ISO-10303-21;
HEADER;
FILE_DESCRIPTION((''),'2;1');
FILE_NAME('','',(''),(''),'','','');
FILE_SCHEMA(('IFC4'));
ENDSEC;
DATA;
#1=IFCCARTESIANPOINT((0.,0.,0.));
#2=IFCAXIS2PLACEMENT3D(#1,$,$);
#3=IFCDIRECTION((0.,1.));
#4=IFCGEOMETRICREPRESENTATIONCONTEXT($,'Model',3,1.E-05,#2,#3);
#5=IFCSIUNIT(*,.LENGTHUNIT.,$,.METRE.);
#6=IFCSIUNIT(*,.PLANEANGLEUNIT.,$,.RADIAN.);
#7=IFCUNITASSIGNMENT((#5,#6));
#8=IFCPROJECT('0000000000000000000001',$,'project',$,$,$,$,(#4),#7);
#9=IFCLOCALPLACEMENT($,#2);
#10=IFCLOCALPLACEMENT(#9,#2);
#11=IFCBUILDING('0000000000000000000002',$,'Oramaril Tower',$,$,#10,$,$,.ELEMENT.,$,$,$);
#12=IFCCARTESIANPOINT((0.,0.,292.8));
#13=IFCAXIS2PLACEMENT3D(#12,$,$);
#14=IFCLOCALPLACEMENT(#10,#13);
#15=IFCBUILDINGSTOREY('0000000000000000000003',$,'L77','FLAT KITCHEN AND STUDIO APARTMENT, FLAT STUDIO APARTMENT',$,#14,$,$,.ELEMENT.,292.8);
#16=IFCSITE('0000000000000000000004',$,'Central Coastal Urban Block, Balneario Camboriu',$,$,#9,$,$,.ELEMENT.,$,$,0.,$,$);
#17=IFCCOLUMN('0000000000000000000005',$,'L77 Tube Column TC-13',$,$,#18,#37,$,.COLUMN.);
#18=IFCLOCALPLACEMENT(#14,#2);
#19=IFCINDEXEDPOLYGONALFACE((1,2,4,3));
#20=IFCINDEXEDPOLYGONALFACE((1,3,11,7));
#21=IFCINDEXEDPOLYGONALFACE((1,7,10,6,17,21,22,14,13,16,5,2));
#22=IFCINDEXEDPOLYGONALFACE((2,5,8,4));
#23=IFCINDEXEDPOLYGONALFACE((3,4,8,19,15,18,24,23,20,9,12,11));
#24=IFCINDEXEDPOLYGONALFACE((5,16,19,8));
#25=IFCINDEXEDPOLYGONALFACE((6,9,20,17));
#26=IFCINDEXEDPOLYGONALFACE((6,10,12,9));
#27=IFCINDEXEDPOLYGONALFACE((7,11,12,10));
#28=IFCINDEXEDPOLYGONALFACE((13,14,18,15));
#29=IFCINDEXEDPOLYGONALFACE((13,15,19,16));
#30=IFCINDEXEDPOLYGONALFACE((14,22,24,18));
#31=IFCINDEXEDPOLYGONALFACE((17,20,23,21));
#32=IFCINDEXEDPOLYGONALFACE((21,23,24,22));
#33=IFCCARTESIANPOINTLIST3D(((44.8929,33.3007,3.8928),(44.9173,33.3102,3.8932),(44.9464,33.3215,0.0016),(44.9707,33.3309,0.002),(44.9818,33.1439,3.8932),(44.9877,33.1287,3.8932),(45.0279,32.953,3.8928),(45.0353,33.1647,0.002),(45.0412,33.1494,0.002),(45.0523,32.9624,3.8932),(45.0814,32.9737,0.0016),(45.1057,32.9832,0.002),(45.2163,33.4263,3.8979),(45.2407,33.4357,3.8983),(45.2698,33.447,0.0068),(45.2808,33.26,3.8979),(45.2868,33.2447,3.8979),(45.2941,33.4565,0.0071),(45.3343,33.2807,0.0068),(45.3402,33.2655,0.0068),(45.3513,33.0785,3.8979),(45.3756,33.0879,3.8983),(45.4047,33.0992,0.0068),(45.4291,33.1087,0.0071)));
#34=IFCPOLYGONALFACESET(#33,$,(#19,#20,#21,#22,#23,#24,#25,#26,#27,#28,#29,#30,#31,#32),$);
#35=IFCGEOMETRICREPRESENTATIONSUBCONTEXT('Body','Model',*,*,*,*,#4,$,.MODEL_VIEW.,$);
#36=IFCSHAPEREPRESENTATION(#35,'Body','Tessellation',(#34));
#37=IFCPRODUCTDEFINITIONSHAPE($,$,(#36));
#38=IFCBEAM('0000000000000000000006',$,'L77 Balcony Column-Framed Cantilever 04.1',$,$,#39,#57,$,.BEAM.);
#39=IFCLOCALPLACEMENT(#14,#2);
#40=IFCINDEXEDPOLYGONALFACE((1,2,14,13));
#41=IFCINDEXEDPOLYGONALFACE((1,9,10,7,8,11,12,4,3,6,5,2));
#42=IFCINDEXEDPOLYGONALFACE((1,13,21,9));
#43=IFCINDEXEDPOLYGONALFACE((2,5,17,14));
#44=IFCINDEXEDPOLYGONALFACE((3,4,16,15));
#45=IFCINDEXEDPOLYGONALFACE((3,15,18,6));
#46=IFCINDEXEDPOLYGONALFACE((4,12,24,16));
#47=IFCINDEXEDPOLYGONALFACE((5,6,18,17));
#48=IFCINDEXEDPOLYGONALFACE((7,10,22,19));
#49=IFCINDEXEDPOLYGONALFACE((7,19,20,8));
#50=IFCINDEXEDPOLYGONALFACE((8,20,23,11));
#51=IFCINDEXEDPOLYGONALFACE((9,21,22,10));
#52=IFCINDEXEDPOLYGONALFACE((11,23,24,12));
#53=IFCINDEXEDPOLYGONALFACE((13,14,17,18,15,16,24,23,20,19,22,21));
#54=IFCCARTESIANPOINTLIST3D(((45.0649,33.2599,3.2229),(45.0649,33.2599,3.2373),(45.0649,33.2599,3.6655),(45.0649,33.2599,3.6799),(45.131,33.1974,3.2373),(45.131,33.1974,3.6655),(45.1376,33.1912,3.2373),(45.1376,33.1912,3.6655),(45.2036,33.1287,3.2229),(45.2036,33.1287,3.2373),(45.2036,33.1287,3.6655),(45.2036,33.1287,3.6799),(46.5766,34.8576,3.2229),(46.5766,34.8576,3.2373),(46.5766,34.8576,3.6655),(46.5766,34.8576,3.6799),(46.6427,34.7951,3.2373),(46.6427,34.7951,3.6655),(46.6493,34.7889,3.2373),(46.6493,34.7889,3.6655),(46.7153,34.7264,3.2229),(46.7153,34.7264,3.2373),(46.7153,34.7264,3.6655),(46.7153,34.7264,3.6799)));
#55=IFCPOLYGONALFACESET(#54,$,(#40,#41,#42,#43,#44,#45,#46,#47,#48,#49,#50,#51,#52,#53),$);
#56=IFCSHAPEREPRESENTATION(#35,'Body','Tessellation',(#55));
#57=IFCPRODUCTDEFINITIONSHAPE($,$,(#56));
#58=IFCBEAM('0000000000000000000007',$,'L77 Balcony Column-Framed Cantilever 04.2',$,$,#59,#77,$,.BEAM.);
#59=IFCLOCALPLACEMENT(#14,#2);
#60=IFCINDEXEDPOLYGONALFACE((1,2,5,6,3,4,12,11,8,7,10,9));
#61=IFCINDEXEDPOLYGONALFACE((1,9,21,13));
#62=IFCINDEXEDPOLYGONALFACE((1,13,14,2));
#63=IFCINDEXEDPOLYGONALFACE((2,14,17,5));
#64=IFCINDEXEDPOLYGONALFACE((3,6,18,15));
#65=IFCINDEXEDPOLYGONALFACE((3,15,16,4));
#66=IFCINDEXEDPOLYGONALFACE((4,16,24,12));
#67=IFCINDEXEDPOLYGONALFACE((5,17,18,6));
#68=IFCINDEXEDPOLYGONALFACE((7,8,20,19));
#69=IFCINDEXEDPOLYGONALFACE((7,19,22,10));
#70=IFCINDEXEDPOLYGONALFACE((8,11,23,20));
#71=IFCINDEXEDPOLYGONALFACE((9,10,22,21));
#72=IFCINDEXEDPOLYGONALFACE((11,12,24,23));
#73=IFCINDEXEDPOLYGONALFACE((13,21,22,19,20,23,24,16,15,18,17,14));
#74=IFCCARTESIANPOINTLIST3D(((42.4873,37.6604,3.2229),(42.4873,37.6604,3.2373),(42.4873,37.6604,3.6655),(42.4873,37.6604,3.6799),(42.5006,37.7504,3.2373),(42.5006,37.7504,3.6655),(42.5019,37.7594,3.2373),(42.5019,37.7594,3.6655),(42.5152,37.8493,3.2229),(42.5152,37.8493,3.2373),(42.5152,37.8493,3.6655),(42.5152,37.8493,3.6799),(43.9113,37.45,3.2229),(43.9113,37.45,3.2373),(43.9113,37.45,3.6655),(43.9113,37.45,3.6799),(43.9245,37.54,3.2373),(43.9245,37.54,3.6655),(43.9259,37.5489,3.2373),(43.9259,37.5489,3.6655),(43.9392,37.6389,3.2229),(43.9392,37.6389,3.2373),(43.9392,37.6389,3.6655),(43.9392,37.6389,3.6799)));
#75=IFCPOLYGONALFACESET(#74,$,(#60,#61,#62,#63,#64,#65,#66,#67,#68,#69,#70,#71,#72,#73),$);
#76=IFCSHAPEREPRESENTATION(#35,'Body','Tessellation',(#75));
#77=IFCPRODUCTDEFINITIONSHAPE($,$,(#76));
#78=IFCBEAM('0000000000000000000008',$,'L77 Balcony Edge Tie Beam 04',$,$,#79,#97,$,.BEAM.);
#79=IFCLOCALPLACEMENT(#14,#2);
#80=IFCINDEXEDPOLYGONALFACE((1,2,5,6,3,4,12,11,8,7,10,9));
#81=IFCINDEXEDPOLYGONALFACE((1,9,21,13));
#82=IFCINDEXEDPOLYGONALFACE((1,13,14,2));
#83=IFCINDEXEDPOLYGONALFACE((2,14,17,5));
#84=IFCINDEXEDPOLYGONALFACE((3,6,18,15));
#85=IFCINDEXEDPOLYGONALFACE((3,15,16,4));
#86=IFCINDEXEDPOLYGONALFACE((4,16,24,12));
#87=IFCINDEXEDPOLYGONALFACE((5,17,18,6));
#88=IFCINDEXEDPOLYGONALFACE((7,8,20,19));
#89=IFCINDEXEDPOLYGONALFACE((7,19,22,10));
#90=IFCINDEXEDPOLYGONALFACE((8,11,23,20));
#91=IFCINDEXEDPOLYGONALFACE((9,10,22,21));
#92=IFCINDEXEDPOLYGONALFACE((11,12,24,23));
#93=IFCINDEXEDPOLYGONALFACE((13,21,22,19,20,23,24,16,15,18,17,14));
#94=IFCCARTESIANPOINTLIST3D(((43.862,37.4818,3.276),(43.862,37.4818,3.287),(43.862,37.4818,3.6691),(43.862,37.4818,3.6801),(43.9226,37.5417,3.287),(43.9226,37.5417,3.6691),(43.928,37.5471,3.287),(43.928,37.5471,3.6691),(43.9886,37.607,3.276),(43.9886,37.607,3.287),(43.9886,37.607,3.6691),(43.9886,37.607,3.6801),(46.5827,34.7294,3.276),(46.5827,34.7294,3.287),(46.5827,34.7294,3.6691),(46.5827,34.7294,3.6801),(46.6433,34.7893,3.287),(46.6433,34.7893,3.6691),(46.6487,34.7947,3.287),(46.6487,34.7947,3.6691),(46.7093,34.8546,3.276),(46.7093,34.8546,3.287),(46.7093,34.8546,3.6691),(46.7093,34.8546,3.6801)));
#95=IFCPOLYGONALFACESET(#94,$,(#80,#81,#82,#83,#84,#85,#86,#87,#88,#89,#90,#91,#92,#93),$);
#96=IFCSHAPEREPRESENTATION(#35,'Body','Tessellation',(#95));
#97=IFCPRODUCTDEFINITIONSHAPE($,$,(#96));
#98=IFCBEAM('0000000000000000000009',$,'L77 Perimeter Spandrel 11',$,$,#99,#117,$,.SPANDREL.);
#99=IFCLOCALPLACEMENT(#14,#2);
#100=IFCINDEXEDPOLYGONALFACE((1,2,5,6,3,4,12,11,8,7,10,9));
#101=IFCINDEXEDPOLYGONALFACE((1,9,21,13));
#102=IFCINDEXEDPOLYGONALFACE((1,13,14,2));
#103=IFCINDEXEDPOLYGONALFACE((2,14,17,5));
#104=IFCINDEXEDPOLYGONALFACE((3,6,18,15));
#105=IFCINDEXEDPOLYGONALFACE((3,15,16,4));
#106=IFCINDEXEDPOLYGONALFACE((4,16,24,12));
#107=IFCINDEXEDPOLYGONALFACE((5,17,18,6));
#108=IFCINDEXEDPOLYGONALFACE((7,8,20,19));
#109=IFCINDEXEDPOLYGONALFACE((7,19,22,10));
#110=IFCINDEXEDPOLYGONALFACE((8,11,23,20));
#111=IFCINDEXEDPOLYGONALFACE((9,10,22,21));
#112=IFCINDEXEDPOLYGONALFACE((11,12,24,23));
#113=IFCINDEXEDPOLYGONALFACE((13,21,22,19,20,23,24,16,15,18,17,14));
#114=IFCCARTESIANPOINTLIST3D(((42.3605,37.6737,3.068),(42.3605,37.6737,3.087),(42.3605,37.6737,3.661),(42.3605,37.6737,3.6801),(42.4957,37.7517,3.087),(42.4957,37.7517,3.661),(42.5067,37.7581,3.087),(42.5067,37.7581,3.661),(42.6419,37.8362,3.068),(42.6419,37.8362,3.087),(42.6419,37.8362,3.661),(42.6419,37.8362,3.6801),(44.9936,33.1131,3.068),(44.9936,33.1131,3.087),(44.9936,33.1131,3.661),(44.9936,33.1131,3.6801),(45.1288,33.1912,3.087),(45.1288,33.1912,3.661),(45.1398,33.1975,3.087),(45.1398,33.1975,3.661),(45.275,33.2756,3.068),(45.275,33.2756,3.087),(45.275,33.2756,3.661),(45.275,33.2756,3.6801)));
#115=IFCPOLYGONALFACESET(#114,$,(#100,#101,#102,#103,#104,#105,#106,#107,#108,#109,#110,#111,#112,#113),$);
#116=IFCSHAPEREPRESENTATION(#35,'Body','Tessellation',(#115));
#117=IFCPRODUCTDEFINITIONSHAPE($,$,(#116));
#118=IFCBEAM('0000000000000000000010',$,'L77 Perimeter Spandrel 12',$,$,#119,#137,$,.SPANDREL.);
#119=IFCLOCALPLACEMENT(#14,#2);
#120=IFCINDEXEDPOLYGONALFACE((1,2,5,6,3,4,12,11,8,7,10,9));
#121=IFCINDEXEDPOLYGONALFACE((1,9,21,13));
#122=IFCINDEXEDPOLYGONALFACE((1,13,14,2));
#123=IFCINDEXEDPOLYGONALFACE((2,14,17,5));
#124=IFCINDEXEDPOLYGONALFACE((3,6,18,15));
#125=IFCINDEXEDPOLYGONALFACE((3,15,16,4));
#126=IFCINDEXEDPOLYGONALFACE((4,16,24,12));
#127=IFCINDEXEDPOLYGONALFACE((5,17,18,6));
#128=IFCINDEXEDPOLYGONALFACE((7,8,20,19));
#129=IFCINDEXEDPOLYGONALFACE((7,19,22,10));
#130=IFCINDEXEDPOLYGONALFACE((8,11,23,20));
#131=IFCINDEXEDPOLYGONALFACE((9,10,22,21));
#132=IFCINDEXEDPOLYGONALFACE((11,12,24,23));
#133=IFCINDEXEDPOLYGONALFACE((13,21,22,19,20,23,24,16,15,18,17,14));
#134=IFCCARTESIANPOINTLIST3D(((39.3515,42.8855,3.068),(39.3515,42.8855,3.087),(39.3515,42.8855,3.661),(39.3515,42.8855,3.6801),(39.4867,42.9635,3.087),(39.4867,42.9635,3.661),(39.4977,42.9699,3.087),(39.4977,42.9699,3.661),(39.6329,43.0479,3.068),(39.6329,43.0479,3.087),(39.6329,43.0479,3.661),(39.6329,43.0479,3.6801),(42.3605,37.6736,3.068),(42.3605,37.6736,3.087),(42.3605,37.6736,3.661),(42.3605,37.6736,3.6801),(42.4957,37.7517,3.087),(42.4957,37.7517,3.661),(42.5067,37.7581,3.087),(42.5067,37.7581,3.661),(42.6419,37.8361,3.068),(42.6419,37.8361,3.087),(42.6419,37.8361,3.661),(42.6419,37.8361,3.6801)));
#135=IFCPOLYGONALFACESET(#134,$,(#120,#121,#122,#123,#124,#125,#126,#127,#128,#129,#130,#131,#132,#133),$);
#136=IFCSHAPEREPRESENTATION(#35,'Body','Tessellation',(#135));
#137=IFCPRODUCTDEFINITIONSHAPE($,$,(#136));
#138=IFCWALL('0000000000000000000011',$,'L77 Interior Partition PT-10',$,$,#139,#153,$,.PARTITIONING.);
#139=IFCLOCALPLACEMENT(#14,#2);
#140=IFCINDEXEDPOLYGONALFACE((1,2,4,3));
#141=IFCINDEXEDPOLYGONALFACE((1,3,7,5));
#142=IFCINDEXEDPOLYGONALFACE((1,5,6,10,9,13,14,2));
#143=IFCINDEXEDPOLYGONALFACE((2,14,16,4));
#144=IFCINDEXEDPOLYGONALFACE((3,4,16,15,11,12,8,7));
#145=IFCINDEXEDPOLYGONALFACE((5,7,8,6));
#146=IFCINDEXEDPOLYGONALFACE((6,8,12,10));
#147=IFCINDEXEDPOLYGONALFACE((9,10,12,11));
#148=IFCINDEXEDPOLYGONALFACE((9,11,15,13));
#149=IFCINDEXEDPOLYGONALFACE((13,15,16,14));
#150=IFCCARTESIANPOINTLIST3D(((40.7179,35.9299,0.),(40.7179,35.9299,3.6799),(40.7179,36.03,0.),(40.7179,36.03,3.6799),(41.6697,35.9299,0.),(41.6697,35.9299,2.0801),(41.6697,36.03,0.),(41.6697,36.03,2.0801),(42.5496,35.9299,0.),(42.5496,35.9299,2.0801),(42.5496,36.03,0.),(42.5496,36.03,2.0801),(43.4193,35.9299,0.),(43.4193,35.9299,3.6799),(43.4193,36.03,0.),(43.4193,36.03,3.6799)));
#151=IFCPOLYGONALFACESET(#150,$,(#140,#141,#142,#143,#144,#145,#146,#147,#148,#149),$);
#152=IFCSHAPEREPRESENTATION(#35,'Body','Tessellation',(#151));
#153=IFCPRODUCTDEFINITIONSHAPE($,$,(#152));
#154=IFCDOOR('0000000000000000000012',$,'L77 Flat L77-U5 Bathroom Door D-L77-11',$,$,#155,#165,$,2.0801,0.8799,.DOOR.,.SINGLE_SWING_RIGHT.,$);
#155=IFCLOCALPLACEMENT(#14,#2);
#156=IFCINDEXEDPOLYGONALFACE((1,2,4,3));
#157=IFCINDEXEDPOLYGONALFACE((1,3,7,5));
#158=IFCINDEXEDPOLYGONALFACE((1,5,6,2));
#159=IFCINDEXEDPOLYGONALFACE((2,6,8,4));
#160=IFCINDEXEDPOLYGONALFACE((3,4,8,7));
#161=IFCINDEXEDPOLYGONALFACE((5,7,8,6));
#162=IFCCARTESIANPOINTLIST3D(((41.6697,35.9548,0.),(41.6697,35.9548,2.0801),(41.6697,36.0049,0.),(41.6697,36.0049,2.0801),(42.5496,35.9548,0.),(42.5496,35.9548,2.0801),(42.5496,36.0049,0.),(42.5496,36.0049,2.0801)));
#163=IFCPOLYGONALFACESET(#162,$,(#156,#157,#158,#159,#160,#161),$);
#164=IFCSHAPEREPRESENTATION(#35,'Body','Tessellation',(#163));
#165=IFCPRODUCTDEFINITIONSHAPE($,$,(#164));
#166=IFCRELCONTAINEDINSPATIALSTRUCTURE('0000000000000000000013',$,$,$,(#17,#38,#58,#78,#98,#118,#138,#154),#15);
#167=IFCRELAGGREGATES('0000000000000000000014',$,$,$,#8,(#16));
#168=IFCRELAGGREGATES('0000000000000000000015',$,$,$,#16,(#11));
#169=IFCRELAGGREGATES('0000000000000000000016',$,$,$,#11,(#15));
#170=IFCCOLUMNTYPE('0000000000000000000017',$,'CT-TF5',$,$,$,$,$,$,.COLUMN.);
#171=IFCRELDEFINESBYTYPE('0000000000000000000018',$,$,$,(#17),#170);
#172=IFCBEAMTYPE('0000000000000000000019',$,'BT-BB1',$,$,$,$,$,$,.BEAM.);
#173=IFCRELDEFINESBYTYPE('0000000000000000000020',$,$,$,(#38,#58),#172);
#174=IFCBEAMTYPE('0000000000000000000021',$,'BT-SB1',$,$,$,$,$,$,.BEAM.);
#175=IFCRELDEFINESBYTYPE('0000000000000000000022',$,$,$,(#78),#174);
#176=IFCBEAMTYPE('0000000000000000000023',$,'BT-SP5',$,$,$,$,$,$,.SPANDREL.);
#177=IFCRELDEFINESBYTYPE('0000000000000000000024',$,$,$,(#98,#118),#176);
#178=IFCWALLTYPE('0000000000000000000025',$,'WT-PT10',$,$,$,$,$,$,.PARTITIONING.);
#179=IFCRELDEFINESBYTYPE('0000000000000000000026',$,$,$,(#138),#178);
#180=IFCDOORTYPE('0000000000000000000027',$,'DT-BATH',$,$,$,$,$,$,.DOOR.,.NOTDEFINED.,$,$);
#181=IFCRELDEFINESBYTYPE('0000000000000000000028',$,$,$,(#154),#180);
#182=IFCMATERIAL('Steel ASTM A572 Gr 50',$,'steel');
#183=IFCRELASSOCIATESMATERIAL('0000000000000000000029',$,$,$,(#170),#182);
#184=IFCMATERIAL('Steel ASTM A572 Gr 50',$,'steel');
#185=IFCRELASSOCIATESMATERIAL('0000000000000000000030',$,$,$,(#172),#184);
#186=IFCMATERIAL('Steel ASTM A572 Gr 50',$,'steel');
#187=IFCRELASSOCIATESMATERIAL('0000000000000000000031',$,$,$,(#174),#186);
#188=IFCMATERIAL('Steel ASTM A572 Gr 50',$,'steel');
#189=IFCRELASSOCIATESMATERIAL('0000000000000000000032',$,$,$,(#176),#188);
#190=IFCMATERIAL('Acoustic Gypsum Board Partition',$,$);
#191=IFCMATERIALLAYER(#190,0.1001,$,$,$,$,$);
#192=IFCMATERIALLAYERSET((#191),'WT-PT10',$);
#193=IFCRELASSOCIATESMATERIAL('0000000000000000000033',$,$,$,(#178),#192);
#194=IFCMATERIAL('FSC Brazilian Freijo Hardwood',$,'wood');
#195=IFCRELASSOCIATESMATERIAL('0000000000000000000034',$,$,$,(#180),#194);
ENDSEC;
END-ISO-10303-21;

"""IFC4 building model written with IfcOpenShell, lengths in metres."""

from ifc_helpers import new_model, si_unit, direction, frame, frame_2d, origin, origin_2d, place, context, subcontext, project, spatial, rectangle, i_section, extrude, material, layer, layer_set, material_profile, profile_set, type_object, element, fill, save


model = new_model("IFC4")

# Units and contexts
model_context = context("Model", 3, precision=1e-05, world=origin(), true_north=direction((0.0, 1.0)))
body_context = subcontext(model_context, "Body", "Model", "MODEL_VIEW")
ifc_project = project(units=[si_unit("LENGTHUNIT", "METRE"), si_unit("PLANEANGLEUNIT", "RADIAN")], contexts=[model_context])

# Site, building, storey
site_placement = place(None, origin())
site = spatial("IfcSite", under=ifc_project, at=site_placement, Name="Central Coastal Urban Block, Balneario Camboriu", CompositionType="ELEMENT", RefElevation=0.0)
building_placement = place(site_placement, origin())
building = spatial("IfcBuilding", under=site, at=building_placement, Name="Oramaril Tower", CompositionType="ELEMENT")
storey_placement = place(building_placement, frame((0.0, 0.0, 292.8)))
storey = spatial("IfcBuildingStorey", under=building, at=storey_placement, Name="L77", Description="FLAT KITCHEN AND STUDIO APARTMENT, FLAT STUDIO APARTMENT", CompositionType="ELEMENT", Elevation=292.8)

# Column
ifc_material_1 = material(Name="Steel ASTM A572 Gr 50", Category="steel")
ifc_material_profile_1 = material_profile(ifc_material_1, i_section(OverallWidth=0.373, OverallDepth=0.373, WebThickness=0.0164, FlangeThickness=0.0261, at=origin_2d()), Name="W14X132")
ifc_profile_set_1 = profile_set([ifc_material_profile_1], Name="Steel ASTM A572 Gr 50")
column_type = type_object("IfcColumnType", Name="CT-TF5", PredefinedType="COLUMN", material=ifc_profile_set_1)
column_placement = place(storey_placement, frame((45.1877, 33.2151, 0.0044), z_axis=(-0.013739, -0.005333, 0.999891), x_axis=(0.36183, -0.932244, 0.0)))
element("IfcColumn", 1, at=column_placement, inside=storey, type_object=column_type, Name="L77 Tube Column TC-13", PredefinedType="COLUMN", context=body_context, shape_type="SweptSolid", body=[
    extrude(i_section(OverallWidth=0.373, OverallDepth=0.373, WebThickness=0.0164, FlangeThickness=0.0261, at=origin_2d()), origin(), (0.0, 0.0, 1.0), 3.8916),
])

# Beams
ifc_material_2 = material(Name="Steel ASTM A572 Gr 50", Category="steel")
ifc_material_profile_2 = material_profile(ifc_material_2, i_section(OverallWidth=0.1909, OverallDepth=0.457, WebThickness=0.009, FlangeThickness=0.0144, at=origin_2d()), Name="W18X50")
ifc_profile_set_2 = profile_set([ifc_material_profile_2], Name="Steel ASTM A572 Gr 50")
beam_type_1 = type_object("IfcBeamType", Name="BT-BB1", PredefinedType="BEAM", material=ifc_profile_set_2)
beam_1_placement = place(storey_placement, frame((45.1343, 33.1943, 3.4514), z_axis=(0.687301, 0.726373, 0.0), x_axis=(-0.726373, 0.687301, 0.0)))
element("IfcBeam", 2, at=beam_1_placement, inside=storey, type_object=beam_type_1, Name="L77 Balcony Column-Framed Cantilever 04.1", PredefinedType="BEAM", context=body_context, shape_type="SweptSolid", body=[
    extrude(i_section(OverallWidth=0.1909, OverallDepth=0.457, WebThickness=0.009, FlangeThickness=0.0144, at=origin_2d()), origin(), (0.0, 0.0, 1.0), 2.1995),
])
beam_2_placement = place(storey_placement, frame((42.5012, 37.7549, 3.4514), z_axis=(0.989256, -0.146192, 0.0), x_axis=(0.146192, 0.989256, 0.0)))
element("IfcBeam", 3, at=beam_2_placement, inside=storey, type_object=beam_type_1, Name="L77 Balcony Column-Framed Cantilever 04.2", PredefinedType="BEAM", context=body_context, shape_type="SweptSolid", body=[
    extrude(i_section(OverallWidth=0.1909, OverallDepth=0.457, WebThickness=0.009, FlangeThickness=0.0144, at=origin_2d()), origin(), (0.0, 0.0, 1.0), 1.4395),
])
ifc_material_3 = material(Name="Steel ASTM A572 Gr 50", Category="steel")
ifc_material_profile_3 = material_profile(ifc_material_3, i_section(OverallWidth=0.178, OverallDepth=0.4041, WebThickness=0.0076, FlangeThickness=0.011, at=origin_2d()), Name="W16X36")
ifc_profile_set_3 = profile_set([ifc_material_profile_3], Name="Steel ASTM A572 Gr 50")
beam_type_2 = type_object("IfcBeamType", Name="BT-SB1", PredefinedType="BEAM", material=ifc_profile_set_3)
beam_3_placement = place(storey_placement, frame((46.646, 34.792, 3.478), z_axis=(-0.702995, 0.711195, 0.0), x_axis=(-0.711195, -0.702995, 0.0)))
element("IfcBeam", 4, at=beam_3_placement, inside=storey, type_object=beam_type_2, Name="L77 Balcony Edge Tie Beam 04", PredefinedType="BEAM", context=body_context, shape_type="SweptSolid", body=[
    extrude(i_section(OverallWidth=0.178, OverallDepth=0.4041, WebThickness=0.0076, FlangeThickness=0.011, at=origin_2d()), origin(), (0.0, 0.0, 1.0), 3.8701),
])
ifc_material_4 = material(Name="Steel ASTM A572 Gr 50", Category="steel")
ifc_material_profile_4 = material_profile(ifc_material_4, i_section(OverallWidth=0.325, OverallDepth=0.6121, WebThickness=0.0127, FlangeThickness=0.019, at=origin_2d()), Name="W24X104")
ifc_profile_set_4 = profile_set([ifc_material_profile_4], Name="Steel ASTM A572 Gr 50")
beam_type_3 = type_object("IfcBeamType", Name="BT-SP5", PredefinedType="SPANDREL", material=ifc_profile_set_4)
beam_4_placement = place(storey_placement, frame((45.1343, 33.1943, 3.374), z_axis=(-0.500003, 0.866023, 0.0), x_axis=(-0.866023, -0.500003, 0.0)))
element("IfcBeam", 5, at=beam_4_placement, inside=storey, type_object=beam_type_3, Name="L77 Perimeter Spandrel 11", PredefinedType="SPANDREL", context=body_context, shape_type="SweptSolid", body=[
    extrude(i_section(OverallWidth=0.325, OverallDepth=0.6121, WebThickness=0.0127, FlangeThickness=0.019, at=origin_2d()), origin(), (0.0, 0.0, 1.0), 5.2661),
])
beam_5_placement = place(storey_placement, frame((42.5012, 37.7549, 3.374), z_axis=(-0.499992, 0.86603, 0.0), x_axis=(-0.86603, -0.499992, 0.0)))
element("IfcBeam", 6, at=beam_5_placement, inside=storey, type_object=beam_type_3, Name="L77 Perimeter Spandrel 12", PredefinedType="SPANDREL", context=body_context, shape_type="SweptSolid", body=[
    extrude(i_section(OverallWidth=0.325, OverallDepth=0.6121, WebThickness=0.0127, FlangeThickness=0.019, at=origin_2d()), origin(), (0.0, 0.0, 1.0), 6.0181),
])

# Wall, opening, door
ifc_material_5 = material(Name="Acoustic Gypsum Board Partition")
ifc_layer_1 = layer(ifc_material_5, 0.1001)
ifc_layer_set_1 = layer_set([ifc_layer_1], Name="WT-PT10")
wall_type_1 = type_object("IfcWallType", Name="WT-PT10", PredefinedType="PARTITIONING", material=ifc_layer_set_1)
wall_1_placement = place(storey_placement, frame((40.718, 35.98, 0.0), z_axis=(0.0, 0.0, 1.0), x_axis=(1.0, 0.0, 0.0)))
wall_1 = element("IfcWall", 7, at=wall_1_placement, inside=storey, type_object=wall_type_1, Name="L77 Interior Partition PT-10", PredefinedType="PARTITIONING", context=body_context, shape_type="SweptSolid", body=[
    extrude(rectangle(XDim=2.7014, YDim=0.1001, at=frame_2d((1.3506, 0.0))), origin(), (0.0, 0.0, 1.0), 3.6799),
])
opening_placement = place(wall_1_placement, frame((0.9517, 0.0, 0.0)))
opening = element("IfcOpeningElement", 8, at=opening_placement, cuts=wall_1, PredefinedType="OPENING", context=body_context, shape_type="SweptSolid", body=[
    extrude(rectangle(XDim=0.8799, YDim=2.0801, at=frame_2d((0.4399, 1.04))), frame((0.0, 0.05, 0.0), z_axis=(0.0, -1.0, 0.0), x_axis=(1.0, 0.0, 0.0)), (0.0, 0.0, 1.0), 0.1001),
])
ifc_material_6 = material(Name="FSC Brazilian Freijo Hardwood", Category="wood")
door_type = type_object("IfcDoorType", Name="DT-BATH", OperationType="NOTDEFINED", PredefinedType="DOOR", material=ifc_material_6)
door_placement = place(opening_placement, origin())
door = element("IfcDoor", 9, at=door_placement, inside=storey, type_object=door_type, Name="L77 Flat L77-U5 Bathroom Door D-L77-11", OperationType="SINGLE_SWING_RIGHT", OverallHeight=2.0801, OverallWidth=0.8799, PredefinedType="DOOR", context=body_context, shape_type="SweptSolid", body=[
    extrude(rectangle(XDim=0.8799, YDim=2.0801, at=frame_2d((0.4399, 1.04))), frame((0.0, 0.0249, 0.0), z_axis=(0.0, -1.0, 0.0), x_axis=(1.0, 0.0, 0.0)), (0.0, 0.0, 1.0), 0.05),
])
fill(opening, door)

save(model, "model.ifc")
